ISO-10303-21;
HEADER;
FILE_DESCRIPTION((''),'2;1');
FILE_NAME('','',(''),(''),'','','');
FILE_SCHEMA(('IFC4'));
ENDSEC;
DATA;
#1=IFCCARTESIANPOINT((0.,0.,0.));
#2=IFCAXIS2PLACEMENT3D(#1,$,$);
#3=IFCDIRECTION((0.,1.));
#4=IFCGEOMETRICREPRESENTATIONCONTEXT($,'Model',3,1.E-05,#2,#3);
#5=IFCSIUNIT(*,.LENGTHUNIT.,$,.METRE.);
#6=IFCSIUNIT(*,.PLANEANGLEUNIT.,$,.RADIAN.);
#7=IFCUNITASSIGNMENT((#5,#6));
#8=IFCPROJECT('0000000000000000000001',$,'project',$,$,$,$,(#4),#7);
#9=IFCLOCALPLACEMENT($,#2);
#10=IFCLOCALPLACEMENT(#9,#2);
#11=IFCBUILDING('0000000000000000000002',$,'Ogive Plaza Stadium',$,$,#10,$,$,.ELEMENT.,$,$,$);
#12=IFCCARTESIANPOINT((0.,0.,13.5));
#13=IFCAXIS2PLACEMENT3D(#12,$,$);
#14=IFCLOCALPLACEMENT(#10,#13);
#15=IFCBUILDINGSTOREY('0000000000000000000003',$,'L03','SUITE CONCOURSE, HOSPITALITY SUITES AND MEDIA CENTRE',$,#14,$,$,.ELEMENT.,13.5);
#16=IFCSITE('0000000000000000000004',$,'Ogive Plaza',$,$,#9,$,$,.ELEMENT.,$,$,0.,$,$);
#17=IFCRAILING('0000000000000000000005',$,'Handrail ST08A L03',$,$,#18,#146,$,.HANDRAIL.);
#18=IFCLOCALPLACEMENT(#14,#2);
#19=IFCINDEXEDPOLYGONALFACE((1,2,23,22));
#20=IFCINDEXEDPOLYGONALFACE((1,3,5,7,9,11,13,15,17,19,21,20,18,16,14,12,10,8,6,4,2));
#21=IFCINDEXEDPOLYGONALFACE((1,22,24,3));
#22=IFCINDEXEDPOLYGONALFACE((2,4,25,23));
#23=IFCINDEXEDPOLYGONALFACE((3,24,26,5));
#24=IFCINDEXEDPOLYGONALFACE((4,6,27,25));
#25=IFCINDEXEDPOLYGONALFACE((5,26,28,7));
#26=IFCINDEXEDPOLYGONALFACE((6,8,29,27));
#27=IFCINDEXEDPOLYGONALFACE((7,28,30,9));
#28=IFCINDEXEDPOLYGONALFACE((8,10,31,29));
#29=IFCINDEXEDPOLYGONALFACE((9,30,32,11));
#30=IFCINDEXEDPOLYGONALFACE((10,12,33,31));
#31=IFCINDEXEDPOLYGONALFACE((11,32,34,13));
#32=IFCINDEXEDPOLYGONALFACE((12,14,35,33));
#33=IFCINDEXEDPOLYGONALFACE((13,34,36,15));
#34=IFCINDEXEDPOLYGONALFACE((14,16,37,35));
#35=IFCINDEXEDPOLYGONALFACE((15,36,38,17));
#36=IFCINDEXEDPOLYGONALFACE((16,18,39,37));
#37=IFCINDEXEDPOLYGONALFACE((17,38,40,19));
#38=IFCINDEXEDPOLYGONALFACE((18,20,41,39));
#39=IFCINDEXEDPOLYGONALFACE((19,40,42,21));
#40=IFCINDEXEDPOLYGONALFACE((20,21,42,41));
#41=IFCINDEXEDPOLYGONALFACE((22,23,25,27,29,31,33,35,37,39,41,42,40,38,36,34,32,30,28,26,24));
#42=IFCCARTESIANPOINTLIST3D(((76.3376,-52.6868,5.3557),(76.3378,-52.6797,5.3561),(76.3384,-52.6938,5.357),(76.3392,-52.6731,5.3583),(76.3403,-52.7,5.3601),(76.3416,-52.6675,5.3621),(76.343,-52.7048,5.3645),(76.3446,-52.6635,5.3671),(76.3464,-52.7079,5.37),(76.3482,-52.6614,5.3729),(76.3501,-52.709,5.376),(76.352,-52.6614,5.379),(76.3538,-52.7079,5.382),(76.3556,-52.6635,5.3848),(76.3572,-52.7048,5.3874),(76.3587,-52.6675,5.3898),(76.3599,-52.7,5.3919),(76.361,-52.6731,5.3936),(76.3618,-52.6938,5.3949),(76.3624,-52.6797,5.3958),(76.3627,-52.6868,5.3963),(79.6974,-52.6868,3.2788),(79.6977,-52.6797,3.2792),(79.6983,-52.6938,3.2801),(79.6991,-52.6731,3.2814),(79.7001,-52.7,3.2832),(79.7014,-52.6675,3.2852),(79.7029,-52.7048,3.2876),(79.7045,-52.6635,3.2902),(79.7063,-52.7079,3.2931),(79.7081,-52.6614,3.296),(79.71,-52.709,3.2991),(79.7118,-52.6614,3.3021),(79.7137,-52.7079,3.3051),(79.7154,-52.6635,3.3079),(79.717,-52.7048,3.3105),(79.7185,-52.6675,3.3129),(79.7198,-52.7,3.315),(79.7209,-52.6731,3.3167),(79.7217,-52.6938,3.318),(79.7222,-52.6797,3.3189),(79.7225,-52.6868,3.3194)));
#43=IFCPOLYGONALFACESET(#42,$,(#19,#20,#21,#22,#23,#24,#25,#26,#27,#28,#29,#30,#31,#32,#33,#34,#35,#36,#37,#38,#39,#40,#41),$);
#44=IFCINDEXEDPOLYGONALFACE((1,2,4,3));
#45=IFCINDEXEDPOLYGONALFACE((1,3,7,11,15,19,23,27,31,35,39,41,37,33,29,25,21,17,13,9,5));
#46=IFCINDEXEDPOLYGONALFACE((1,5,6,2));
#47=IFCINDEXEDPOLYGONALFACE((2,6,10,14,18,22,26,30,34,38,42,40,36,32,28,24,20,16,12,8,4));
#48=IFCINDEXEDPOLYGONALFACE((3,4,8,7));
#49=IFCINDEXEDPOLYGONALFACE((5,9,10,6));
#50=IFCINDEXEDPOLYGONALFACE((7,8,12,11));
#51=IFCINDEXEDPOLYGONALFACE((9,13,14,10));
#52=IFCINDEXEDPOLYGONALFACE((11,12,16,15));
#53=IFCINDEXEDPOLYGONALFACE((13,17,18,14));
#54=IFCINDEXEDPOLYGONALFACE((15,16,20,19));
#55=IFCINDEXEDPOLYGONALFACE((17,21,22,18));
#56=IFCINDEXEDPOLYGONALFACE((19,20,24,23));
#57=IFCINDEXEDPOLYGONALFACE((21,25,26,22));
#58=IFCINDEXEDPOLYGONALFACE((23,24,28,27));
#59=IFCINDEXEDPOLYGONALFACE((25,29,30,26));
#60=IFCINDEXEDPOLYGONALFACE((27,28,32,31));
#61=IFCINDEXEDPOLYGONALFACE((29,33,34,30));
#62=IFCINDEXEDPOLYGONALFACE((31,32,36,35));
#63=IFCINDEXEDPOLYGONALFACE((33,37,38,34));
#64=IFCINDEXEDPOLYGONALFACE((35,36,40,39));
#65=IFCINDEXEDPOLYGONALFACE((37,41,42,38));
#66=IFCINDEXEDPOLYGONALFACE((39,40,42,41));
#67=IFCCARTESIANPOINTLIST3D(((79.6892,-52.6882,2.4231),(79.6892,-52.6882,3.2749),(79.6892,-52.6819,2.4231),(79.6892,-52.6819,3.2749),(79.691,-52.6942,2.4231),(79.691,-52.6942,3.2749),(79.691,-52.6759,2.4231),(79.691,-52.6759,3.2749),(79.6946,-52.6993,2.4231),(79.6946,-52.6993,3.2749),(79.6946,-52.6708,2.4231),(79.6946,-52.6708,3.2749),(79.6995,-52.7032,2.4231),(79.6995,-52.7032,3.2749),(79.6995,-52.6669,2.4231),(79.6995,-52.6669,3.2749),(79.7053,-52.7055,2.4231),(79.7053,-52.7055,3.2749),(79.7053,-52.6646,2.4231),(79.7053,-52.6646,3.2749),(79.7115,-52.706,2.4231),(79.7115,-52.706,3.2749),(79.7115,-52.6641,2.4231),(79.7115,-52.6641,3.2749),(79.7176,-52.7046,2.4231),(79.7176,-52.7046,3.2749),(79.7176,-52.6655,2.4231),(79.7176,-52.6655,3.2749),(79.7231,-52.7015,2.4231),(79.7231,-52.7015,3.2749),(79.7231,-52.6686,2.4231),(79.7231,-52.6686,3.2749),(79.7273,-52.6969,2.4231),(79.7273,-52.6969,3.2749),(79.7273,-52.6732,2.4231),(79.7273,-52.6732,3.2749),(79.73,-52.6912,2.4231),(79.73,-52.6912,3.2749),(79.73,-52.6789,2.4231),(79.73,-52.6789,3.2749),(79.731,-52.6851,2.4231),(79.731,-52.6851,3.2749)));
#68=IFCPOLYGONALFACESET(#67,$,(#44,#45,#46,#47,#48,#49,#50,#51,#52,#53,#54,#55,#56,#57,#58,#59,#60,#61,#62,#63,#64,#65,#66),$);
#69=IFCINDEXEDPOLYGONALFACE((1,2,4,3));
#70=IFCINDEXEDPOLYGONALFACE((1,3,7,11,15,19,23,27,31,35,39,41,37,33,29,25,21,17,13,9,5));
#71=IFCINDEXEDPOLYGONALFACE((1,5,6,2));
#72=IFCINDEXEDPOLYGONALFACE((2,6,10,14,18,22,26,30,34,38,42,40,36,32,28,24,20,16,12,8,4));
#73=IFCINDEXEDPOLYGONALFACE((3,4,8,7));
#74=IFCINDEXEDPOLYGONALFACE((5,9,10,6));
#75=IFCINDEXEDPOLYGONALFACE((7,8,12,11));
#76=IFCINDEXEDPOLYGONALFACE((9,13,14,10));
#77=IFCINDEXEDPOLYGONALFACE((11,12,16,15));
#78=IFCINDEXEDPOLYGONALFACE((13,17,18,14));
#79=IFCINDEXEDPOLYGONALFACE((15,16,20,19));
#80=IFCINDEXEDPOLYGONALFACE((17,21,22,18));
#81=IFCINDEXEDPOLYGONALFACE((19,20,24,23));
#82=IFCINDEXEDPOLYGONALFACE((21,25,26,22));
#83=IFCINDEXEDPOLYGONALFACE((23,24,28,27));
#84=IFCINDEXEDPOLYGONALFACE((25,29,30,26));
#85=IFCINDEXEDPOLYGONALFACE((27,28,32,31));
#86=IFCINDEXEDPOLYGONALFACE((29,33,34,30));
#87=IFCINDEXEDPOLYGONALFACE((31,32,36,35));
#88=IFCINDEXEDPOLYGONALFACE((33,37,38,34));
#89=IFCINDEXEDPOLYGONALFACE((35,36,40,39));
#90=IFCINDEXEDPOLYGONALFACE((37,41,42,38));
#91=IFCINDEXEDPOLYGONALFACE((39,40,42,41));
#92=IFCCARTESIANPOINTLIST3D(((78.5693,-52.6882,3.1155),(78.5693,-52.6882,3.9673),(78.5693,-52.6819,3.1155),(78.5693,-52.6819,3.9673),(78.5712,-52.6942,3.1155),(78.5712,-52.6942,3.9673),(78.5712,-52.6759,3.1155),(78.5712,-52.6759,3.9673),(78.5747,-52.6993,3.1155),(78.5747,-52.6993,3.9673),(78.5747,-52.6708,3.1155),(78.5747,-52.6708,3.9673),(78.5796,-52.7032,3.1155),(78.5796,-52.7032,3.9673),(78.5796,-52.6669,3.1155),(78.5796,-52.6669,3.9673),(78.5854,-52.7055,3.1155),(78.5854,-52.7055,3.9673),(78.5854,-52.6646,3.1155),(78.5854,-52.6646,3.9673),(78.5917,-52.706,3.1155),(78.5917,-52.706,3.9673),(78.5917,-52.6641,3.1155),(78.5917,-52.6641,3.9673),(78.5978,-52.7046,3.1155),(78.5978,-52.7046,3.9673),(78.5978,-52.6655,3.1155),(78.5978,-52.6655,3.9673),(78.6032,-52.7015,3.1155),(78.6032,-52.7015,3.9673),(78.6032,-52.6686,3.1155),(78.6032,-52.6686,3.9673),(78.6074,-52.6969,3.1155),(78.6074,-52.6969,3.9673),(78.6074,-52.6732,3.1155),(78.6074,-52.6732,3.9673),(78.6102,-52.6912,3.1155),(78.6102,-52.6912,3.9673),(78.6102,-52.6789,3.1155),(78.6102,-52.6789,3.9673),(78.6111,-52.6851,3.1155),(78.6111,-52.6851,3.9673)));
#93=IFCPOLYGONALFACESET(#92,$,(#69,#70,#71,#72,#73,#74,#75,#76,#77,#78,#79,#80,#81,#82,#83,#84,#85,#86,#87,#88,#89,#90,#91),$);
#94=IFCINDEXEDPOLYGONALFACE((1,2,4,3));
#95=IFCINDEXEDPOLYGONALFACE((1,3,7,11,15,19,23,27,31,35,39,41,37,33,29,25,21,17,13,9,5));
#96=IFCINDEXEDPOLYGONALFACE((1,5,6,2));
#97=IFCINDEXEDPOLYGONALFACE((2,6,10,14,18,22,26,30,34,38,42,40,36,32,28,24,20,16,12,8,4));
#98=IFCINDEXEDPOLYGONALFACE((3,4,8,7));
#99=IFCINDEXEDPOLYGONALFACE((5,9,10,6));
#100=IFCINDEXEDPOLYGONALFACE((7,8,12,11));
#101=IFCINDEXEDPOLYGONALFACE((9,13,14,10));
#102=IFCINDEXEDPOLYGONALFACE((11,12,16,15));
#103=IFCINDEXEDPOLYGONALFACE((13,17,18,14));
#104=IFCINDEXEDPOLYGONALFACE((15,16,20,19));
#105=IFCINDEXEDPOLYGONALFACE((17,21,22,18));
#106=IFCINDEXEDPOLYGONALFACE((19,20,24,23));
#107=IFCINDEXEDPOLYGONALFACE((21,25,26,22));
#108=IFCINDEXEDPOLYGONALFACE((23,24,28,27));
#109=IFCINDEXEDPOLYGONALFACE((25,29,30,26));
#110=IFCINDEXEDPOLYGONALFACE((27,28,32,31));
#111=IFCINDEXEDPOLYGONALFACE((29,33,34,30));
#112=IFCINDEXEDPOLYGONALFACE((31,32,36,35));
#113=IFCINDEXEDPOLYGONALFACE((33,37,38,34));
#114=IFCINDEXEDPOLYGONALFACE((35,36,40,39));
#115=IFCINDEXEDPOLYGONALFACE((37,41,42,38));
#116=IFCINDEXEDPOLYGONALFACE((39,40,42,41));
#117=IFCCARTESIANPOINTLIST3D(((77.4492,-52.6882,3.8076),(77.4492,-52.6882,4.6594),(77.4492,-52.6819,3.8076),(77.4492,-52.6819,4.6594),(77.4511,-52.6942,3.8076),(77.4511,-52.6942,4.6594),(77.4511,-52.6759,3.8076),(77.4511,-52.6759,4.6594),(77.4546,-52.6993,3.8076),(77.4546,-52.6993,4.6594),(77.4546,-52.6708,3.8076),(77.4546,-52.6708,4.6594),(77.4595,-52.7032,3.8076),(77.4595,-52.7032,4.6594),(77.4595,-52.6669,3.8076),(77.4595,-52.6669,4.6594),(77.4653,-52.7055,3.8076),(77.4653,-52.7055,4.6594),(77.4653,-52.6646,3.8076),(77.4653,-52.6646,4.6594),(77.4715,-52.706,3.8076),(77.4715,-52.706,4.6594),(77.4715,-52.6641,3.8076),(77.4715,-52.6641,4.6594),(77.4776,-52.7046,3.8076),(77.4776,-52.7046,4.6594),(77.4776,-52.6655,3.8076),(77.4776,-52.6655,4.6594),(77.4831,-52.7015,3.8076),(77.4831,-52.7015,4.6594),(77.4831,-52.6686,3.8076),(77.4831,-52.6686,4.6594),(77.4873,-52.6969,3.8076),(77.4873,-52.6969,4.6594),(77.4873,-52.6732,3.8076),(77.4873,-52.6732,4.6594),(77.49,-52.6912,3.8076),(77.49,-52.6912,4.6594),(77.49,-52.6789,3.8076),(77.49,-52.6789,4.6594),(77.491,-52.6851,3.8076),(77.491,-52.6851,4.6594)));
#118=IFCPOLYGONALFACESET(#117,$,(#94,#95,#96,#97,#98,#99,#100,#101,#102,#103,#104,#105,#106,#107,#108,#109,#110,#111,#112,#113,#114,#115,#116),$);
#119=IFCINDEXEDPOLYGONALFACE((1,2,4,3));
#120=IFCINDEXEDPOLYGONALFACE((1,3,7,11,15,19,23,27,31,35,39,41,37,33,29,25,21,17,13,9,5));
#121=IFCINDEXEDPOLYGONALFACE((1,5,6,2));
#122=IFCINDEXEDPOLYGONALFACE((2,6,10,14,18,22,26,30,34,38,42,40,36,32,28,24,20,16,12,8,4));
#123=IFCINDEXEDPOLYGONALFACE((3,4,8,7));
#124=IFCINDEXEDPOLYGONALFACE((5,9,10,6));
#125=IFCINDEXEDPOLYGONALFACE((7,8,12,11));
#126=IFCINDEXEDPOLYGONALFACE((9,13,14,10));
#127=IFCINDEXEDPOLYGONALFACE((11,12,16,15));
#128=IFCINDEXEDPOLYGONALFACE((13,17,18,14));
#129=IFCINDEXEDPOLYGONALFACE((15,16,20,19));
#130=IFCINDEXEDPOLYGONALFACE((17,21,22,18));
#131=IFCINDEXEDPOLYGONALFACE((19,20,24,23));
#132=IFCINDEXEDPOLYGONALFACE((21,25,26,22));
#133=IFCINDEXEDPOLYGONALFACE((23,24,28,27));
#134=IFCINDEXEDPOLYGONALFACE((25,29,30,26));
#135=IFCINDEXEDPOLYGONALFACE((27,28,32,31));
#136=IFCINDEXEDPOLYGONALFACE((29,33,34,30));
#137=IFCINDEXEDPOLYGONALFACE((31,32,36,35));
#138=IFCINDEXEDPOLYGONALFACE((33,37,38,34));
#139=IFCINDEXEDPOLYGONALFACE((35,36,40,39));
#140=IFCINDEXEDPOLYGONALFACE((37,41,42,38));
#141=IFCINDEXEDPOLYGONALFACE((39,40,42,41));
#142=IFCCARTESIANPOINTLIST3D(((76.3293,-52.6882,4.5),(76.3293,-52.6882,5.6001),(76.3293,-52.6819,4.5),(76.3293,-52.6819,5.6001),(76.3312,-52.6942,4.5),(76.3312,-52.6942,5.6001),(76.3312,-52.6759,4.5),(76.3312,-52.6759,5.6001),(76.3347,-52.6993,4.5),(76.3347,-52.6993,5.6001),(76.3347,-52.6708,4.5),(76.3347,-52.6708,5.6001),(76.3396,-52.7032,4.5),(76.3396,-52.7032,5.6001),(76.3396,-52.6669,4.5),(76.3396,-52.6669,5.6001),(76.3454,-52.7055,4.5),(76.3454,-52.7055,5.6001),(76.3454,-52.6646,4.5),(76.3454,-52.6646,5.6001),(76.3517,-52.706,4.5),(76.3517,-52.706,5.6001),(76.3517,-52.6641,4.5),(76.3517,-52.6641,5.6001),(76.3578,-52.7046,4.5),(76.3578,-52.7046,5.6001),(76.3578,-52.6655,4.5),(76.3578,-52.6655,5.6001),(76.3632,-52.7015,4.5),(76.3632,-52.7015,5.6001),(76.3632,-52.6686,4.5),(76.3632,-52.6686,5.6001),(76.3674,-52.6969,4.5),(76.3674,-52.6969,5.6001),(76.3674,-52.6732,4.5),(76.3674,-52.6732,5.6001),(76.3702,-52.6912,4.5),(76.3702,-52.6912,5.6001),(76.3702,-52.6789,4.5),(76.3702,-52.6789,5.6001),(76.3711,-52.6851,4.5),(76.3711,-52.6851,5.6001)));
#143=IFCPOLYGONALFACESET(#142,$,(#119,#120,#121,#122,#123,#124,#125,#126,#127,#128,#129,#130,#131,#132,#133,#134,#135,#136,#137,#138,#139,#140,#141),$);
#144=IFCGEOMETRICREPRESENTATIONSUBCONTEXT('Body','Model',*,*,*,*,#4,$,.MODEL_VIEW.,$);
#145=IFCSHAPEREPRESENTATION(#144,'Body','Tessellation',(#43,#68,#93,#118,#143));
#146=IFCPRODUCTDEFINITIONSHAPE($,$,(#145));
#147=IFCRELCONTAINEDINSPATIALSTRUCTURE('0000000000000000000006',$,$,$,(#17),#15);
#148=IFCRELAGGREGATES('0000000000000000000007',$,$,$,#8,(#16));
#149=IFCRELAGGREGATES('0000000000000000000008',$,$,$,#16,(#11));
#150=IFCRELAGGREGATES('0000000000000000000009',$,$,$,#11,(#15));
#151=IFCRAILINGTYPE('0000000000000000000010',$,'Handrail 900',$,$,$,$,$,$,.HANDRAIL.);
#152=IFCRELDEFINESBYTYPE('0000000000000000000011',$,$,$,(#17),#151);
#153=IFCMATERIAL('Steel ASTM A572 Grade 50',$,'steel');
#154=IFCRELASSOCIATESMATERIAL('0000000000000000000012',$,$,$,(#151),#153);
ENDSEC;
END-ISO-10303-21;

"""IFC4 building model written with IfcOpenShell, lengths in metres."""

from ifc_helpers import new_model, si_unit, direction, frame, origin, origin_2d, place, context, subcontext, project, spatial, circle, extrude, material, type_object, element, save


model = new_model("IFC4")

# Units and contexts
model_context = context("Model", 3, precision=1e-05, world=origin(), true_north=direction((0.0, 1.0)))
body_context = subcontext(model_context, "Body", "Model", "MODEL_VIEW")
ifc_project = project(units=[si_unit("LENGTHUNIT", "METRE"), si_unit("PLANEANGLEUNIT", "RADIAN")], contexts=[model_context])

# Site, building, storey
site_placement = place(None, origin())
site = spatial("IfcSite", under=ifc_project, at=site_placement, Name="Ogive Plaza", CompositionType="ELEMENT", RefElevation=0.0)
building_placement = place(site_placement, origin())
building = spatial("IfcBuilding", under=site, at=building_placement, Name="Ogive Plaza Stadium", CompositionType="ELEMENT")
storey_placement = place(building_placement, frame((0.0, 0.0, 13.5)))
storey = spatial("IfcBuildingStorey", under=building, at=storey_placement, Name="L03", Description="SUITE CONCOURSE, HOSPITALITY SUITES AND MEDIA CENTRE", CompositionType="ELEMENT", Elevation=13.5)

# Railing
ifc_material_1 = material(Name="Steel ASTM A572 Grade 50", Category="steel")
railing_type_1 = type_object("IfcRailingType", Name="Handrail 900", PredefinedType="HANDRAIL", material=ifc_material_1)
for number, where, name in (
    (1, (79.71, -52.6851, 2.4231), "Handrail ST08A L03"),
):
    element("IfcRailing", number, at=place(storey_placement, frame(where)), inside=storey, type_object=railing_type_1, Name=name, PredefinedType="HANDRAIL", context=body_context, shape_type="SweptSolid", body=[
        extrude(circle(Radius=0.0239, at=origin_2d()), frame((0.0, 0.0, 0.876), z_axis=(-0.850606, 0.0, 0.525803), x_axis=(0.0, -1.0, 0.0)), (0.0, 0.0, 1.0), 3.95),
        extrude(circle(Radius=0.021, at=origin_2d()), origin(), (0.0, 0.0, 1.0), 0.8518),
        extrude(circle(Radius=0.021, at=origin_2d()), frame((-1.1199, 0.0, 0.6924)), (0.0, 0.0, 1.0), 0.8518),
        extrude(circle(Radius=0.021, at=origin_2d()), frame((-2.24, 0.0, 1.3845)), (0.0, 0.0, 1.0), 0.8518),
        extrude(circle(Radius=0.021, at=origin_2d()), frame((-3.3599, 0.0, 2.0769)), (0.0, 0.0, 1.0), 1.1001),
    ])

save(model, "model.ifc")
